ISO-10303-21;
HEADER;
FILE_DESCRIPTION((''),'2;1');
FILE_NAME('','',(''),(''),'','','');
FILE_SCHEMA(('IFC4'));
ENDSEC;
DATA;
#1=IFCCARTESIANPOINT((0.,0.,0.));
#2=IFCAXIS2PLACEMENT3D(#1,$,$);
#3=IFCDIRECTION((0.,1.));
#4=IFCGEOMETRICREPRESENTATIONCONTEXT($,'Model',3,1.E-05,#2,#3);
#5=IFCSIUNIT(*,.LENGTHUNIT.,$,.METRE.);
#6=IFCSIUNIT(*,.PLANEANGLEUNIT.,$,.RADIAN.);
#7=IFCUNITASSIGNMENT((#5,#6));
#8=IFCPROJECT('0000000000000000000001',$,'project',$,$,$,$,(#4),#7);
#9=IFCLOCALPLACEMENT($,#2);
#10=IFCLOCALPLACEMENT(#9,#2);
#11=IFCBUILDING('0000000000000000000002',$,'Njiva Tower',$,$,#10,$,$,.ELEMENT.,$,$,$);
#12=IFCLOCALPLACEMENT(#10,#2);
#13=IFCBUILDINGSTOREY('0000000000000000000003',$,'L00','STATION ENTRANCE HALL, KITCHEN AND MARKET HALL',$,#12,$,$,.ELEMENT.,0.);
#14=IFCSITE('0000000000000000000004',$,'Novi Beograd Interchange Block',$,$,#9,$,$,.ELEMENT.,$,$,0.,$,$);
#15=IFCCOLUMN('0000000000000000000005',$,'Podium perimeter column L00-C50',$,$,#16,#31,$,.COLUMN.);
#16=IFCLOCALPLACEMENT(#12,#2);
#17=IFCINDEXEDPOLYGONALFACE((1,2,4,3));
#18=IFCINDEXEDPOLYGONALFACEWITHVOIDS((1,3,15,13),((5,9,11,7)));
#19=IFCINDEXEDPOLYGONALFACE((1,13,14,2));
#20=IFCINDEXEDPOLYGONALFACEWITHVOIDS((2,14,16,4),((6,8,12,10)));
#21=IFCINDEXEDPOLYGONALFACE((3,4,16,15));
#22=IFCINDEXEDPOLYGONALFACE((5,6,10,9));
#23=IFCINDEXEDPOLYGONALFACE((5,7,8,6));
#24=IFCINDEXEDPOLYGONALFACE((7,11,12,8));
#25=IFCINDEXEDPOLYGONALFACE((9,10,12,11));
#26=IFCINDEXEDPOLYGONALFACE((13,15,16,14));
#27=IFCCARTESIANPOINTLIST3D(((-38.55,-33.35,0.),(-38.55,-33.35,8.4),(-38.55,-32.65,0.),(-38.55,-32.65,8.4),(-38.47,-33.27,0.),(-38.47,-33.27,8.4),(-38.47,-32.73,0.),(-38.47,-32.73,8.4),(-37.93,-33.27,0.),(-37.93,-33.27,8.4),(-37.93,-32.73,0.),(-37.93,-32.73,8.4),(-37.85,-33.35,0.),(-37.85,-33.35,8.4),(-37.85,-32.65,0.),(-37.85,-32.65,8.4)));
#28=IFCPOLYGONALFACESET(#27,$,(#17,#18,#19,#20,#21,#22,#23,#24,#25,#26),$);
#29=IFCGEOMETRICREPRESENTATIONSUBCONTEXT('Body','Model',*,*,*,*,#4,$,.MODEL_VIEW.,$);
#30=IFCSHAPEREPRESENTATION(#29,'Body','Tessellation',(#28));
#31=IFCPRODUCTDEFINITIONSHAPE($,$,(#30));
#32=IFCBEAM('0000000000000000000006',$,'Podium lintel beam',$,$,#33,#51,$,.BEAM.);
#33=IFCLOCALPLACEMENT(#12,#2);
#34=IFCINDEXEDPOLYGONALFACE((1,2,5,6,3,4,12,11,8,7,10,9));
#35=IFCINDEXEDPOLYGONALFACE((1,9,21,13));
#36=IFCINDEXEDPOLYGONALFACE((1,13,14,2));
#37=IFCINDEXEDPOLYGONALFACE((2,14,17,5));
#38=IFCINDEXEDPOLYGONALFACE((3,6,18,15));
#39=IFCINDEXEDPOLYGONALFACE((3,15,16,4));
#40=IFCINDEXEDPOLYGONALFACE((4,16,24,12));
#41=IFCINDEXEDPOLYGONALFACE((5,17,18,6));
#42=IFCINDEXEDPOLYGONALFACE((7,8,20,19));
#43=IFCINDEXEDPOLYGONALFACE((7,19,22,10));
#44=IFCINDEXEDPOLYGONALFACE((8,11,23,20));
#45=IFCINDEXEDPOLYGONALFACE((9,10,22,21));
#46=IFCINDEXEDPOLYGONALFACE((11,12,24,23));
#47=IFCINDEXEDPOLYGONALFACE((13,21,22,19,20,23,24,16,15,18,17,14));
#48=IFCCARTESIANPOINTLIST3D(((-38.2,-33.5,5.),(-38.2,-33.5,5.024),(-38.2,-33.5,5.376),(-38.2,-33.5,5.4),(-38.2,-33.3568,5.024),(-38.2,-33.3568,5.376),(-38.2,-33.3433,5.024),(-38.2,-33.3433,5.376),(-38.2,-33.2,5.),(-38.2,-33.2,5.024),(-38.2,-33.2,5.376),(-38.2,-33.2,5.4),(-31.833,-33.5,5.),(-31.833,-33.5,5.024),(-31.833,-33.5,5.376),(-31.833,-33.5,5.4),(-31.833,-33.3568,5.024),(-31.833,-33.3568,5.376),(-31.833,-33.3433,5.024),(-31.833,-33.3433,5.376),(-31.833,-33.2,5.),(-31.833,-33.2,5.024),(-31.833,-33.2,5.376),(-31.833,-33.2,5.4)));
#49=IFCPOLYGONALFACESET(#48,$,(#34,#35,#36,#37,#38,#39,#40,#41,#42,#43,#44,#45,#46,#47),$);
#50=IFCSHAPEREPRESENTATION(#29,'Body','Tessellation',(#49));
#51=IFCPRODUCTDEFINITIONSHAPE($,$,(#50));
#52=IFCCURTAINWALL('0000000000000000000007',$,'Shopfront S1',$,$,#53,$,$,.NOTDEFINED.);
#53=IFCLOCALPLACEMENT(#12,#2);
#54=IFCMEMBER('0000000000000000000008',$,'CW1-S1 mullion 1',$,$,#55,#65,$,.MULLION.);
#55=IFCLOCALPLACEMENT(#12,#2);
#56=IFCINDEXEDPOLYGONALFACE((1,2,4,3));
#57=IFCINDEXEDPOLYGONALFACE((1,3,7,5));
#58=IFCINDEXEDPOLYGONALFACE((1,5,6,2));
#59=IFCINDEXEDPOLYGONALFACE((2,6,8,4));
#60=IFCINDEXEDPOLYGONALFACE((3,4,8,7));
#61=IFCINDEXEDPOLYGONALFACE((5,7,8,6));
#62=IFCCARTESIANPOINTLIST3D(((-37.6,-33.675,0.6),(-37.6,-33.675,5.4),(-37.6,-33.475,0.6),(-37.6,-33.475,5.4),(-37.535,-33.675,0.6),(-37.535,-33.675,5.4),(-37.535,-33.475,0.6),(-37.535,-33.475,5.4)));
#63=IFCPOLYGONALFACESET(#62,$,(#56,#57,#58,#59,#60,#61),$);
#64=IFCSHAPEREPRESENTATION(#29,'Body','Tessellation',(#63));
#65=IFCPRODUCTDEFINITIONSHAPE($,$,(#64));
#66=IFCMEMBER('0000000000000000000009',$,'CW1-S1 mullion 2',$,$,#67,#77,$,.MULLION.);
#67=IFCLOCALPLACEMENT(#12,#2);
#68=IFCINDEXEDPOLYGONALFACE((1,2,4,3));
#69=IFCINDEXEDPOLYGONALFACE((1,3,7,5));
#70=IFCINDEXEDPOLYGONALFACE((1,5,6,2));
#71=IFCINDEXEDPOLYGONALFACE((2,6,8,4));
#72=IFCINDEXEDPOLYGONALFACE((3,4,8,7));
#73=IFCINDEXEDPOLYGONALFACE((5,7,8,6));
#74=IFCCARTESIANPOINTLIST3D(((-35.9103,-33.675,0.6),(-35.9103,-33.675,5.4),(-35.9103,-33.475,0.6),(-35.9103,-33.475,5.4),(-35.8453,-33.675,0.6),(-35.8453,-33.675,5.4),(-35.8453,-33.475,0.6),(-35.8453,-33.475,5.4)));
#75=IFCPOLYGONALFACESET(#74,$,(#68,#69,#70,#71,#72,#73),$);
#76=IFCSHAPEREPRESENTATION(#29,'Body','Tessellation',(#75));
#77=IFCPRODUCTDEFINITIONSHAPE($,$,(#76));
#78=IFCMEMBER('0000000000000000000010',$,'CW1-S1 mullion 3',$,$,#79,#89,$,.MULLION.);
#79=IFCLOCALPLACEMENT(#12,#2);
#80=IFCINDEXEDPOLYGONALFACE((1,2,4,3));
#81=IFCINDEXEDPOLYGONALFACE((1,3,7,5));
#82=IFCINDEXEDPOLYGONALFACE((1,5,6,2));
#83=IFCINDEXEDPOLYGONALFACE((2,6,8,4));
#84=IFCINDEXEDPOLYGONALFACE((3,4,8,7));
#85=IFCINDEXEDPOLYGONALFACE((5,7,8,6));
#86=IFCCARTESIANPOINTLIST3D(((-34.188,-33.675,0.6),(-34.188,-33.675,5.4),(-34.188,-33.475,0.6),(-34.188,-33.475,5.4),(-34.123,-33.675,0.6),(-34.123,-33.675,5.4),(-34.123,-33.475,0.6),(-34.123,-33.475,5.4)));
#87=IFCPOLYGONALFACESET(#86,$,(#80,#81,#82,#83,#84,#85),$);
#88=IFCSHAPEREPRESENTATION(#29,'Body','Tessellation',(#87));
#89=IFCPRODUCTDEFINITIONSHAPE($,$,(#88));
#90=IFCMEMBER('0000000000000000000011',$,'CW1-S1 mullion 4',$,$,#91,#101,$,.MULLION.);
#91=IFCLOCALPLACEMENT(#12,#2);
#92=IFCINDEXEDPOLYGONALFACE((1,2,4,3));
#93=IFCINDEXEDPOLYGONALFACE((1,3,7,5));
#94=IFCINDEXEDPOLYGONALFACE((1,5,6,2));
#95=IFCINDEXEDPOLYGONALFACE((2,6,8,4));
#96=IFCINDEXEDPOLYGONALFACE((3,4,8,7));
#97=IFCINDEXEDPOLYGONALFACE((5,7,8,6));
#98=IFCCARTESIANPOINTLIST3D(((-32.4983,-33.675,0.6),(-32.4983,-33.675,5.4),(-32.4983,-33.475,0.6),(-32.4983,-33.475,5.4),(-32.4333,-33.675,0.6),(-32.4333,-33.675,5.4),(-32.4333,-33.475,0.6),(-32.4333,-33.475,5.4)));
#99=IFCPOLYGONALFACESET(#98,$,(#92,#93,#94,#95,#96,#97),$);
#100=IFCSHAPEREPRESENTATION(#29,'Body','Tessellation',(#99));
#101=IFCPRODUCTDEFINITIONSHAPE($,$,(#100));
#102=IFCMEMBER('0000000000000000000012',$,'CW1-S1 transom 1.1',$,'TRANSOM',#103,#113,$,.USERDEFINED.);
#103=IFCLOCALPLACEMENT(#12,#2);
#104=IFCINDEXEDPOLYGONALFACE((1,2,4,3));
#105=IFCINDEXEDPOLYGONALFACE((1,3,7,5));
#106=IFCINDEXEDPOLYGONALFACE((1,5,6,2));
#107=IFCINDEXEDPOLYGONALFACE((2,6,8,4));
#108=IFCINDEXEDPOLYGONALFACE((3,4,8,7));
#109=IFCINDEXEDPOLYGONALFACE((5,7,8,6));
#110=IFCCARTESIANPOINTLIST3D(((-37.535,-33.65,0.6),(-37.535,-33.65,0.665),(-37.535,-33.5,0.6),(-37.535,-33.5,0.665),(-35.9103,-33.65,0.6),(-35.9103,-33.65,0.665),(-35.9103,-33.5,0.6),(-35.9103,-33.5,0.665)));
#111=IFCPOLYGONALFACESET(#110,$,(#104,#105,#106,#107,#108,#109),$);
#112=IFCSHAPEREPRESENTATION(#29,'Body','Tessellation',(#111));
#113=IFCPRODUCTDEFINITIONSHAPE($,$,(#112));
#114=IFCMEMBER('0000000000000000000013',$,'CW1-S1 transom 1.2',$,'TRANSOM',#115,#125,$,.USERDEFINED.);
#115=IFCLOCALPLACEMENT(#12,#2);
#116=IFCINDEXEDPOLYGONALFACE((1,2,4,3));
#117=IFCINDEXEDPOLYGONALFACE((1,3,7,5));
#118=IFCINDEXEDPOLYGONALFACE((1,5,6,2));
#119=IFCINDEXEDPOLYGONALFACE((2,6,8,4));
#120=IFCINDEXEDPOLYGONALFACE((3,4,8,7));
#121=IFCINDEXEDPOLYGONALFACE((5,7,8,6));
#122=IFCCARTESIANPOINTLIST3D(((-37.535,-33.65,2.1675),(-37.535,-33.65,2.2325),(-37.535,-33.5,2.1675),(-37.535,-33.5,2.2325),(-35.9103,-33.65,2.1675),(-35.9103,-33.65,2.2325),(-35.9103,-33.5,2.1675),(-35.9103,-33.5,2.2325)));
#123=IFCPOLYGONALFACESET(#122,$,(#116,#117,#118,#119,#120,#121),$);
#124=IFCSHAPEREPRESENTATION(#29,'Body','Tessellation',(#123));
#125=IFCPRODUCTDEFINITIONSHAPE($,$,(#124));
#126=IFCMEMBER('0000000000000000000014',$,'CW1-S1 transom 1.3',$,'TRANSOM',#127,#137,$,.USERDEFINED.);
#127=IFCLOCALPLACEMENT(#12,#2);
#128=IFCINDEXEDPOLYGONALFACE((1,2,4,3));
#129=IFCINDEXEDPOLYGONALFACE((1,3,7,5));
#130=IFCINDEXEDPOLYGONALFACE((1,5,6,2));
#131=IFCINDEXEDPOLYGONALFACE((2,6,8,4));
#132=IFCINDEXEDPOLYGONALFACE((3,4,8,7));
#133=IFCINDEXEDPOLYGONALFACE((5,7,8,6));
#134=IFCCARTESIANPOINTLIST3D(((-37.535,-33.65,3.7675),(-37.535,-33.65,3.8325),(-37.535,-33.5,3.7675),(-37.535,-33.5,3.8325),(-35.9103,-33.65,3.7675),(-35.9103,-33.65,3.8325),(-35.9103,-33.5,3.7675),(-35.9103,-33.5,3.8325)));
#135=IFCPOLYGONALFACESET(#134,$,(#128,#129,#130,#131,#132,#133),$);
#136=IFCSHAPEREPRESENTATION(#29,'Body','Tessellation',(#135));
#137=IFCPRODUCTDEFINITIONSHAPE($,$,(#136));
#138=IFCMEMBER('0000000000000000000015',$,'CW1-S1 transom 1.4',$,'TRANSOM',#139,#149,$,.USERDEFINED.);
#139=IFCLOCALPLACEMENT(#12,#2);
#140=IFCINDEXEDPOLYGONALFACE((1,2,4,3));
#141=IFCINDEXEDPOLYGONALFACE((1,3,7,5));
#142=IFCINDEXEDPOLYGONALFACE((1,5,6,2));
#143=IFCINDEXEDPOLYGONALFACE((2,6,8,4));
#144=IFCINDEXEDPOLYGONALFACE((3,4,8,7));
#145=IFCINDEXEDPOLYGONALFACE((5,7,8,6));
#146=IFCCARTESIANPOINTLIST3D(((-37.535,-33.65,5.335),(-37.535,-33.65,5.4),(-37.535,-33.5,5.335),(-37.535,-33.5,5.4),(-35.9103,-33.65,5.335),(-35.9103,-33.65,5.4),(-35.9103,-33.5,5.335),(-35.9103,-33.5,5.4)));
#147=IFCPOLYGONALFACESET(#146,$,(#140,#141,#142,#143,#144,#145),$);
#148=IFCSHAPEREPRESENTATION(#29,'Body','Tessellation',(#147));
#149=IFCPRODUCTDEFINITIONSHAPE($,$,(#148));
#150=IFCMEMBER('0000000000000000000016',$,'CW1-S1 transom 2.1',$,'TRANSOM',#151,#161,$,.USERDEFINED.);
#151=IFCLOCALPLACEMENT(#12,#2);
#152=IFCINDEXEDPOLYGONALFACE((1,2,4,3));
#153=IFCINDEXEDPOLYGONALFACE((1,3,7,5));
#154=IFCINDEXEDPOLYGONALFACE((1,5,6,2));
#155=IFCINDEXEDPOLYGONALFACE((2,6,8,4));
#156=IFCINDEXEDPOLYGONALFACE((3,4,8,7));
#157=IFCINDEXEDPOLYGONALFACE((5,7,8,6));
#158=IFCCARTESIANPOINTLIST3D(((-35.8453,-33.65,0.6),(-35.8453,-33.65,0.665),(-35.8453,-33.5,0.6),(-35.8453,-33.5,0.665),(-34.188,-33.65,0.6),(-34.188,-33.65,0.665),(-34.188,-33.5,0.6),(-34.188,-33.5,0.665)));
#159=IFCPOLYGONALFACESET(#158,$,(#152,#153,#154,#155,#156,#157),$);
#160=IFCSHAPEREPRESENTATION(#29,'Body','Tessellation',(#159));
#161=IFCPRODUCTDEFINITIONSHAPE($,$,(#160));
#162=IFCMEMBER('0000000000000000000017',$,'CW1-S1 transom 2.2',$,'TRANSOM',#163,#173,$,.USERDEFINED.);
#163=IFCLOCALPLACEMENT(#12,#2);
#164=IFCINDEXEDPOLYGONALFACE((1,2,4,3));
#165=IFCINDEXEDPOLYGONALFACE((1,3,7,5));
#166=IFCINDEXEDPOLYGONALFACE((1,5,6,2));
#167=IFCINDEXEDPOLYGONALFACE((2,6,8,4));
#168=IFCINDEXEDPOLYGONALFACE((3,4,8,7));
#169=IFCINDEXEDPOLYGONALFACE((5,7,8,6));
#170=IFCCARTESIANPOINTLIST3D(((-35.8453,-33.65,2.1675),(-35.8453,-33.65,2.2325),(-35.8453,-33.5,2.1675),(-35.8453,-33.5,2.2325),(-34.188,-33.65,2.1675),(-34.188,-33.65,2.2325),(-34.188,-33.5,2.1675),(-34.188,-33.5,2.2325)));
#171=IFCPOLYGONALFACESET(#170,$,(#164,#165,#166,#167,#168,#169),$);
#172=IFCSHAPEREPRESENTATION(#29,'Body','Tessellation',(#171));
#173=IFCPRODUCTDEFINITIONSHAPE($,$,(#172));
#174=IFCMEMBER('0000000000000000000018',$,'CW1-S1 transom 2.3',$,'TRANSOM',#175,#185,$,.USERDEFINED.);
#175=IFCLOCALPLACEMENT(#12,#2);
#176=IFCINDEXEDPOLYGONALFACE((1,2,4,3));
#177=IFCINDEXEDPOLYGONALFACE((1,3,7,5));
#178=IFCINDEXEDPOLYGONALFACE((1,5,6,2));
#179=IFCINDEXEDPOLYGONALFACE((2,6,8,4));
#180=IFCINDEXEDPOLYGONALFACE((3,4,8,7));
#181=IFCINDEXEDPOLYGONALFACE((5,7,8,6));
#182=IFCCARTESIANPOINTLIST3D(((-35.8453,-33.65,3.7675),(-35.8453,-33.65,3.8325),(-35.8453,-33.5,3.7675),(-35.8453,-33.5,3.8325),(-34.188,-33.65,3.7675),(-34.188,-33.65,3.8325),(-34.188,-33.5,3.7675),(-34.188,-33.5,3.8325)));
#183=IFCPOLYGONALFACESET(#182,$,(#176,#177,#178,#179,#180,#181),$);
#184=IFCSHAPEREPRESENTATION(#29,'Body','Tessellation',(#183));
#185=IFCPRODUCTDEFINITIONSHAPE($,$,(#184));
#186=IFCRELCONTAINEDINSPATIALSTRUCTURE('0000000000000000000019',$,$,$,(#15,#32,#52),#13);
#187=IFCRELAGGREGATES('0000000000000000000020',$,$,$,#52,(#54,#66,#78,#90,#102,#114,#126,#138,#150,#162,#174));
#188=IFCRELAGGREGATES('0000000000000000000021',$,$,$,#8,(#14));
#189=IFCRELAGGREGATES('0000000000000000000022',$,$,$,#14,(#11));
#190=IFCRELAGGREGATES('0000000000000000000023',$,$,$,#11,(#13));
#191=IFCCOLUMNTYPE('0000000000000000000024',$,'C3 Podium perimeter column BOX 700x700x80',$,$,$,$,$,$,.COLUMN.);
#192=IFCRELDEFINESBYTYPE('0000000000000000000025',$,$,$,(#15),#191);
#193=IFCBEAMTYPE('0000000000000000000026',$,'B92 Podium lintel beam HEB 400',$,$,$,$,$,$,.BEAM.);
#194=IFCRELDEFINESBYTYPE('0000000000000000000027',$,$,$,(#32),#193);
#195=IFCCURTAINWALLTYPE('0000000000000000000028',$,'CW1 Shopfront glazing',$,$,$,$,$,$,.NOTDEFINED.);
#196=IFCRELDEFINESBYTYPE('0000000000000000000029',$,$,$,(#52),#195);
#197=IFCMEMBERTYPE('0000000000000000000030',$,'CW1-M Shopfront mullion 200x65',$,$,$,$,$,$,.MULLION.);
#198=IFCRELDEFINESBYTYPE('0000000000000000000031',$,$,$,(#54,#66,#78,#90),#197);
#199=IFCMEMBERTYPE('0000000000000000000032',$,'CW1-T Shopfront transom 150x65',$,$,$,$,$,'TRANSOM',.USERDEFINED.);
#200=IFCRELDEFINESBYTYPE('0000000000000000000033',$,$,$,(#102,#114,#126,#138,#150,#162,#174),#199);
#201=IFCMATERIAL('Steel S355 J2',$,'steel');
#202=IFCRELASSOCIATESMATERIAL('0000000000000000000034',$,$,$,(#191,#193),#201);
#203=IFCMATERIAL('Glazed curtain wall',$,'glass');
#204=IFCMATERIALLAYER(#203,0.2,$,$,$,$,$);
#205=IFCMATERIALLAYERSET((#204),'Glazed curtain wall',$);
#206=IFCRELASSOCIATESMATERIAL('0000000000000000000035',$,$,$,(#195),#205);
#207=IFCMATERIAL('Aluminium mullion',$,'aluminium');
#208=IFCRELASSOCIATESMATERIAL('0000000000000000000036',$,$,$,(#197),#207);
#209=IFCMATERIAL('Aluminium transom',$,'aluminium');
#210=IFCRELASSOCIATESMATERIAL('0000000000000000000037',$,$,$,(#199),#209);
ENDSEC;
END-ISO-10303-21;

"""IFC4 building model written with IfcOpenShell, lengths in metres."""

from ifc_helpers import new_model, si_unit, direction, frame, origin, origin_2d, place, context, subcontext, project, spatial, rectangle, hollow_rectangle, i_section, extrude, material, layer, layer_set, material_profile, profile_set, type_object, element, aggregate, save


model = new_model("IFC4")

# Units and contexts
model_context = context("Model", 3, precision=1e-05, world=origin(), true_north=direction((0.0, 1.0)))
body_context = subcontext(model_context, "Body", "Model", "MODEL_VIEW")
ifc_project = project(units=[si_unit("LENGTHUNIT", "METRE"), si_unit("PLANEANGLEUNIT", "RADIAN")], contexts=[model_context])

# Site, building, storey
site_placement = place(None, origin())
site = spatial("IfcSite", under=ifc_project, at=site_placement, Name="Novi Beograd Interchange Block", CompositionType="ELEMENT", RefElevation=0.0)
building_placement = place(site_placement, origin())
building = spatial("IfcBuilding", under=site, at=building_placement, Name="Njiva Tower", CompositionType="ELEMENT")
storey_placement = place(building_placement, origin())
storey = spatial("IfcBuildingStorey", under=building, at=storey_placement, Name="L00", Description="STATION ENTRANCE HALL, KITCHEN AND MARKET HALL", CompositionType="ELEMENT", Elevation=0.0)

# Column
ifc_material_1 = material(Name="Steel S355 J2", Category="steel")
ifc_material_profile_1 = material_profile(ifc_material_1, hollow_rectangle(XDim=0.7, YDim=0.7, WallThickness=0.08, at=origin_2d()), Name="BOX 700x700x80")
ifc_profile_set_1 = profile_set([ifc_material_profile_1], Name="Steel S355 J2")
column_type = type_object("IfcColumnType", Name="C3 Podium perimeter column BOX 700x700x80", PredefinedType="COLUMN", material=ifc_profile_set_1)
column_placement = place(storey_placement, frame((-38.2, -33.0, 0.0), z_axis=(0.0, 0.0, 1.0), x_axis=(1.0, 0.0, 0.0)))
element("IfcColumn", 1, at=column_placement, inside=storey, type_object=column_type, Name="Podium perimeter column L00-C50", PredefinedType="COLUMN", context=body_context, shape_type="SweptSolid", body=[
    extrude(hollow_rectangle(XDim=0.7, YDim=0.7, WallThickness=0.08, at=origin_2d()), origin(), (0.0, 0.0, 1.0), 8.4),
])

# Beam
ifc_material_profile_2 = material_profile(ifc_material_1, i_section(OverallWidth=0.3, OverallDepth=0.4, WebThickness=0.0135, FlangeThickness=0.024, at=origin_2d()), Name="HEB400")
ifc_profile_set_2 = profile_set([ifc_material_profile_2], Name="Steel S355 J2")
beam_type = type_object("IfcBeamType", Name="B92 Podium lintel beam HEB 400", PredefinedType="BEAM", material=ifc_profile_set_2)
beam_placement = place(storey_placement, frame((-38.2, -33.35, 5.2), z_axis=(1.0, 0.0, 0.0), x_axis=(0.0, 1.0, 0.0)))
element("IfcBeam", 2, at=beam_placement, inside=storey, type_object=beam_type, Name="Podium lintel beam", PredefinedType="BEAM", context=body_context, shape_type="SweptSolid", body=[
    extrude(i_section(OverallWidth=0.3, OverallDepth=0.4, WebThickness=0.0135, FlangeThickness=0.024, at=origin_2d()), origin(), (0.0, 0.0, 1.0), 6.367),
])

# Curtain wall, members
ifc_material_2 = material(Name="Glazed curtain wall", Category="glass")
ifc_layer_1 = layer(ifc_material_2, 0.2)
ifc_layer_set_1 = layer_set([ifc_layer_1], Name="Glazed curtain wall")
curtain_wall_type = type_object("IfcCurtainWallType", Name="CW1 Shopfront glazing", PredefinedType="NOTDEFINED", material=ifc_layer_set_1)
curtain_wall_placement = place(storey_placement, origin())
curtain_wall = element("IfcCurtainWall", 3, at=curtain_wall_placement, inside=storey, type_object=curtain_wall_type, Name="Shopfront S1", PredefinedType="NOTDEFINED")
ifc_material_3 = material(Name="Aluminium mullion", Category="aluminium")
ifc_material_profile_3 = material_profile(ifc_material_3, rectangle(XDim=0.2, YDim=0.065, at=origin_2d()), Name="RECT 200x65")
ifc_profile_set_3 = profile_set([ifc_material_profile_3], Name="Aluminium mullion")
member_type_1 = type_object("IfcMemberType", Name="CW1-M Shopfront mullion 200x65", PredefinedType="MULLION", material=ifc_profile_set_3)
member_1_placement = place(storey_placement, frame((-37.5675, -33.575, 0.6), z_axis=(0.0, 0.0, 1.0), x_axis=(0.0, 1.0, 0.0)))
member_1 = element("IfcMember", 4, at=member_1_placement, type_object=member_type_1, Name="CW1-S1 mullion 1", PredefinedType="MULLION", context=body_context, shape_type="SweptSolid", body=[
    extrude(rectangle(XDim=0.2, YDim=0.065, at=origin_2d()), origin(), (0.0, 0.0, 1.0), 4.8),
])
member_2_placement = place(storey_placement, frame((-35.8778, -33.575, 0.6), z_axis=(0.0, 0.0, 1.0), x_axis=(0.0, 1.0, 0.0)))
member_2 = element("IfcMember", 5, at=member_2_placement, type_object=member_type_1, Name="CW1-S1 mullion 2", PredefinedType="MULLION", context=body_context, shape_type="SweptSolid", body=[
    extrude(rectangle(XDim=0.2, YDim=0.065, at=origin_2d()), origin(), (0.0, 0.0, 1.0), 4.8),
])
member_3_placement = place(storey_placement, frame((-34.1555, -33.575, 0.6), z_axis=(0.0, 0.0, 1.0), x_axis=(0.0, 1.0, 0.0)))
member_3 = element("IfcMember", 6, at=member_3_placement, type_object=member_type_1, Name="CW1-S1 mullion 3", PredefinedType="MULLION", context=body_context, shape_type="SweptSolid", body=[
    extrude(rectangle(XDim=0.2, YDim=0.065, at=origin_2d()), origin(), (0.0, 0.0, 1.0), 4.8),
])
member_4_placement = place(storey_placement, frame((-32.4658, -33.575, 0.6), z_axis=(0.0, 0.0, 1.0), x_axis=(0.0, 1.0, 0.0)))
member_4 = element("IfcMember", 7, at=member_4_placement, type_object=member_type_1, Name="CW1-S1 mullion 4", PredefinedType="MULLION", context=body_context, shape_type="SweptSolid", body=[
    extrude(rectangle(XDim=0.2, YDim=0.065, at=origin_2d()), origin(), (0.0, 0.0, 1.0), 4.8),
])
ifc_material_4 = material(Name="Aluminium transom", Category="aluminium")
ifc_material_profile_4 = material_profile(ifc_material_4, rectangle(XDim=0.15, YDim=0.065, at=origin_2d()), Name="RECT 150x65")
ifc_profile_set_4 = profile_set([ifc_material_profile_4], Name="Aluminium transom")
member_type_2 = type_object("IfcMemberType", Name="CW1-T Shopfront transom 150x65", ElementType="TRANSOM", PredefinedType="USERDEFINED", material=ifc_profile_set_4)
member_5_placement = place(storey_placement, frame((-37.535, -33.575, 0.6325), z_axis=(1.0, 0.0, 0.0), x_axis=(0.0, 1.0, 0.0)))
member_5 = element("IfcMember", 8, at=member_5_placement, type_object=member_type_2, Name="CW1-S1 transom 1.1", ObjectType="TRANSOM", PredefinedType="USERDEFINED", context=body_context, shape_type="SweptSolid", body=[
    extrude(rectangle(XDim=0.15, YDim=0.065, at=origin_2d()), origin(), (0.0, 0.0, 1.0), 1.6247),
])
member_6_placement = place(storey_placement, frame((-37.535, -33.575, 2.2), z_axis=(1.0, 0.0, 0.0), x_axis=(0.0, 1.0, 0.0)))
member_6 = element("IfcMember", 9, at=member_6_placement, type_object=member_type_2, Name="CW1-S1 transom 1.2", ObjectType="TRANSOM", PredefinedType="USERDEFINED", context=body_context, shape_type="SweptSolid", body=[
    extrude(rectangle(XDim=0.15, YDim=0.065, at=origin_2d()), origin(), (0.0, 0.0, 1.0), 1.6247),
])
member_7_placement = place(storey_placement, frame((-37.535, -33.575, 3.8), z_axis=(1.0, 0.0, 0.0), x_axis=(0.0, 1.0, 0.0)))
member_7 = element("IfcMember", 10, at=member_7_placement, type_object=member_type_2, Name="CW1-S1 transom 1.3", ObjectType="TRANSOM", PredefinedType="USERDEFINED", context=body_context, shape_type="SweptSolid", body=[
    extrude(rectangle(XDim=0.15, YDim=0.065, at=origin_2d()), origin(), (0.0, 0.0, 1.0), 1.6247),
])
member_8_placement = place(storey_placement, frame((-37.535, -33.575, 5.3675), z_axis=(1.0, 0.0, 0.0), x_axis=(0.0, 1.0, 0.0)))
member_8 = element("IfcMember", 11, at=member_8_placement, type_object=member_type_2, Name="CW1-S1 transom 1.4", ObjectType="TRANSOM", PredefinedType="USERDEFINED", context=body_context, shape_type="SweptSolid", body=[
    extrude(rectangle(XDim=0.15, YDim=0.065, at=origin_2d()), origin(), (0.0, 0.0, 1.0), 1.6247),
])
member_9_placement = place(storey_placement, frame((-35.8453, -33.575, 0.6325), z_axis=(1.0, 0.0, 0.0), x_axis=(0.0, 1.0, 0.0)))
member_9 = element("IfcMember", 12, at=member_9_placement, type_object=member_type_2, Name="CW1-S1 transom 2.1", ObjectType="TRANSOM", PredefinedType="USERDEFINED", context=body_context, shape_type="SweptSolid", body=[
    extrude(rectangle(XDim=0.15, YDim=0.065, at=origin_2d()), origin(), (0.0, 0.0, 1.0), 1.6573),
])
member_10_placement = place(storey_placement, frame((-35.8453, -33.575, 2.2), z_axis=(1.0, 0.0, 0.0), x_axis=(0.0, 1.0, 0.0)))
member_10 = element("IfcMember", 13, at=member_10_placement, type_object=member_type_2, Name="CW1-S1 transom 2.2", ObjectType="TRANSOM", PredefinedType="USERDEFINED", context=body_context, shape_type="SweptSolid", body=[
    extrude(rectangle(XDim=0.15, YDim=0.065, at=origin_2d()), origin(), (0.0, 0.0, 1.0), 1.6573),
])
member_11_placement = place(storey_placement, frame((-35.8453, -33.575, 3.8), z_axis=(1.0, 0.0, 0.0), x_axis=(0.0, 1.0, 0.0)))
member_11 = element("IfcMember", 14, at=member_11_placement, type_object=member_type_2, Name="CW1-S1 transom 2.3", ObjectType="TRANSOM", PredefinedType="USERDEFINED", context=body_context, shape_type="SweptSolid", body=[
    extrude(rectangle(XDim=0.15, YDim=0.065, at=origin_2d()), origin(), (0.0, 0.0, 1.0), 1.6573),
])
aggregate(curtain_wall, [member_1, member_2, member_3, member_4, member_5, member_6, member_7, member_8, member_9, member_10, member_11])

save(model, "model.ifc")
